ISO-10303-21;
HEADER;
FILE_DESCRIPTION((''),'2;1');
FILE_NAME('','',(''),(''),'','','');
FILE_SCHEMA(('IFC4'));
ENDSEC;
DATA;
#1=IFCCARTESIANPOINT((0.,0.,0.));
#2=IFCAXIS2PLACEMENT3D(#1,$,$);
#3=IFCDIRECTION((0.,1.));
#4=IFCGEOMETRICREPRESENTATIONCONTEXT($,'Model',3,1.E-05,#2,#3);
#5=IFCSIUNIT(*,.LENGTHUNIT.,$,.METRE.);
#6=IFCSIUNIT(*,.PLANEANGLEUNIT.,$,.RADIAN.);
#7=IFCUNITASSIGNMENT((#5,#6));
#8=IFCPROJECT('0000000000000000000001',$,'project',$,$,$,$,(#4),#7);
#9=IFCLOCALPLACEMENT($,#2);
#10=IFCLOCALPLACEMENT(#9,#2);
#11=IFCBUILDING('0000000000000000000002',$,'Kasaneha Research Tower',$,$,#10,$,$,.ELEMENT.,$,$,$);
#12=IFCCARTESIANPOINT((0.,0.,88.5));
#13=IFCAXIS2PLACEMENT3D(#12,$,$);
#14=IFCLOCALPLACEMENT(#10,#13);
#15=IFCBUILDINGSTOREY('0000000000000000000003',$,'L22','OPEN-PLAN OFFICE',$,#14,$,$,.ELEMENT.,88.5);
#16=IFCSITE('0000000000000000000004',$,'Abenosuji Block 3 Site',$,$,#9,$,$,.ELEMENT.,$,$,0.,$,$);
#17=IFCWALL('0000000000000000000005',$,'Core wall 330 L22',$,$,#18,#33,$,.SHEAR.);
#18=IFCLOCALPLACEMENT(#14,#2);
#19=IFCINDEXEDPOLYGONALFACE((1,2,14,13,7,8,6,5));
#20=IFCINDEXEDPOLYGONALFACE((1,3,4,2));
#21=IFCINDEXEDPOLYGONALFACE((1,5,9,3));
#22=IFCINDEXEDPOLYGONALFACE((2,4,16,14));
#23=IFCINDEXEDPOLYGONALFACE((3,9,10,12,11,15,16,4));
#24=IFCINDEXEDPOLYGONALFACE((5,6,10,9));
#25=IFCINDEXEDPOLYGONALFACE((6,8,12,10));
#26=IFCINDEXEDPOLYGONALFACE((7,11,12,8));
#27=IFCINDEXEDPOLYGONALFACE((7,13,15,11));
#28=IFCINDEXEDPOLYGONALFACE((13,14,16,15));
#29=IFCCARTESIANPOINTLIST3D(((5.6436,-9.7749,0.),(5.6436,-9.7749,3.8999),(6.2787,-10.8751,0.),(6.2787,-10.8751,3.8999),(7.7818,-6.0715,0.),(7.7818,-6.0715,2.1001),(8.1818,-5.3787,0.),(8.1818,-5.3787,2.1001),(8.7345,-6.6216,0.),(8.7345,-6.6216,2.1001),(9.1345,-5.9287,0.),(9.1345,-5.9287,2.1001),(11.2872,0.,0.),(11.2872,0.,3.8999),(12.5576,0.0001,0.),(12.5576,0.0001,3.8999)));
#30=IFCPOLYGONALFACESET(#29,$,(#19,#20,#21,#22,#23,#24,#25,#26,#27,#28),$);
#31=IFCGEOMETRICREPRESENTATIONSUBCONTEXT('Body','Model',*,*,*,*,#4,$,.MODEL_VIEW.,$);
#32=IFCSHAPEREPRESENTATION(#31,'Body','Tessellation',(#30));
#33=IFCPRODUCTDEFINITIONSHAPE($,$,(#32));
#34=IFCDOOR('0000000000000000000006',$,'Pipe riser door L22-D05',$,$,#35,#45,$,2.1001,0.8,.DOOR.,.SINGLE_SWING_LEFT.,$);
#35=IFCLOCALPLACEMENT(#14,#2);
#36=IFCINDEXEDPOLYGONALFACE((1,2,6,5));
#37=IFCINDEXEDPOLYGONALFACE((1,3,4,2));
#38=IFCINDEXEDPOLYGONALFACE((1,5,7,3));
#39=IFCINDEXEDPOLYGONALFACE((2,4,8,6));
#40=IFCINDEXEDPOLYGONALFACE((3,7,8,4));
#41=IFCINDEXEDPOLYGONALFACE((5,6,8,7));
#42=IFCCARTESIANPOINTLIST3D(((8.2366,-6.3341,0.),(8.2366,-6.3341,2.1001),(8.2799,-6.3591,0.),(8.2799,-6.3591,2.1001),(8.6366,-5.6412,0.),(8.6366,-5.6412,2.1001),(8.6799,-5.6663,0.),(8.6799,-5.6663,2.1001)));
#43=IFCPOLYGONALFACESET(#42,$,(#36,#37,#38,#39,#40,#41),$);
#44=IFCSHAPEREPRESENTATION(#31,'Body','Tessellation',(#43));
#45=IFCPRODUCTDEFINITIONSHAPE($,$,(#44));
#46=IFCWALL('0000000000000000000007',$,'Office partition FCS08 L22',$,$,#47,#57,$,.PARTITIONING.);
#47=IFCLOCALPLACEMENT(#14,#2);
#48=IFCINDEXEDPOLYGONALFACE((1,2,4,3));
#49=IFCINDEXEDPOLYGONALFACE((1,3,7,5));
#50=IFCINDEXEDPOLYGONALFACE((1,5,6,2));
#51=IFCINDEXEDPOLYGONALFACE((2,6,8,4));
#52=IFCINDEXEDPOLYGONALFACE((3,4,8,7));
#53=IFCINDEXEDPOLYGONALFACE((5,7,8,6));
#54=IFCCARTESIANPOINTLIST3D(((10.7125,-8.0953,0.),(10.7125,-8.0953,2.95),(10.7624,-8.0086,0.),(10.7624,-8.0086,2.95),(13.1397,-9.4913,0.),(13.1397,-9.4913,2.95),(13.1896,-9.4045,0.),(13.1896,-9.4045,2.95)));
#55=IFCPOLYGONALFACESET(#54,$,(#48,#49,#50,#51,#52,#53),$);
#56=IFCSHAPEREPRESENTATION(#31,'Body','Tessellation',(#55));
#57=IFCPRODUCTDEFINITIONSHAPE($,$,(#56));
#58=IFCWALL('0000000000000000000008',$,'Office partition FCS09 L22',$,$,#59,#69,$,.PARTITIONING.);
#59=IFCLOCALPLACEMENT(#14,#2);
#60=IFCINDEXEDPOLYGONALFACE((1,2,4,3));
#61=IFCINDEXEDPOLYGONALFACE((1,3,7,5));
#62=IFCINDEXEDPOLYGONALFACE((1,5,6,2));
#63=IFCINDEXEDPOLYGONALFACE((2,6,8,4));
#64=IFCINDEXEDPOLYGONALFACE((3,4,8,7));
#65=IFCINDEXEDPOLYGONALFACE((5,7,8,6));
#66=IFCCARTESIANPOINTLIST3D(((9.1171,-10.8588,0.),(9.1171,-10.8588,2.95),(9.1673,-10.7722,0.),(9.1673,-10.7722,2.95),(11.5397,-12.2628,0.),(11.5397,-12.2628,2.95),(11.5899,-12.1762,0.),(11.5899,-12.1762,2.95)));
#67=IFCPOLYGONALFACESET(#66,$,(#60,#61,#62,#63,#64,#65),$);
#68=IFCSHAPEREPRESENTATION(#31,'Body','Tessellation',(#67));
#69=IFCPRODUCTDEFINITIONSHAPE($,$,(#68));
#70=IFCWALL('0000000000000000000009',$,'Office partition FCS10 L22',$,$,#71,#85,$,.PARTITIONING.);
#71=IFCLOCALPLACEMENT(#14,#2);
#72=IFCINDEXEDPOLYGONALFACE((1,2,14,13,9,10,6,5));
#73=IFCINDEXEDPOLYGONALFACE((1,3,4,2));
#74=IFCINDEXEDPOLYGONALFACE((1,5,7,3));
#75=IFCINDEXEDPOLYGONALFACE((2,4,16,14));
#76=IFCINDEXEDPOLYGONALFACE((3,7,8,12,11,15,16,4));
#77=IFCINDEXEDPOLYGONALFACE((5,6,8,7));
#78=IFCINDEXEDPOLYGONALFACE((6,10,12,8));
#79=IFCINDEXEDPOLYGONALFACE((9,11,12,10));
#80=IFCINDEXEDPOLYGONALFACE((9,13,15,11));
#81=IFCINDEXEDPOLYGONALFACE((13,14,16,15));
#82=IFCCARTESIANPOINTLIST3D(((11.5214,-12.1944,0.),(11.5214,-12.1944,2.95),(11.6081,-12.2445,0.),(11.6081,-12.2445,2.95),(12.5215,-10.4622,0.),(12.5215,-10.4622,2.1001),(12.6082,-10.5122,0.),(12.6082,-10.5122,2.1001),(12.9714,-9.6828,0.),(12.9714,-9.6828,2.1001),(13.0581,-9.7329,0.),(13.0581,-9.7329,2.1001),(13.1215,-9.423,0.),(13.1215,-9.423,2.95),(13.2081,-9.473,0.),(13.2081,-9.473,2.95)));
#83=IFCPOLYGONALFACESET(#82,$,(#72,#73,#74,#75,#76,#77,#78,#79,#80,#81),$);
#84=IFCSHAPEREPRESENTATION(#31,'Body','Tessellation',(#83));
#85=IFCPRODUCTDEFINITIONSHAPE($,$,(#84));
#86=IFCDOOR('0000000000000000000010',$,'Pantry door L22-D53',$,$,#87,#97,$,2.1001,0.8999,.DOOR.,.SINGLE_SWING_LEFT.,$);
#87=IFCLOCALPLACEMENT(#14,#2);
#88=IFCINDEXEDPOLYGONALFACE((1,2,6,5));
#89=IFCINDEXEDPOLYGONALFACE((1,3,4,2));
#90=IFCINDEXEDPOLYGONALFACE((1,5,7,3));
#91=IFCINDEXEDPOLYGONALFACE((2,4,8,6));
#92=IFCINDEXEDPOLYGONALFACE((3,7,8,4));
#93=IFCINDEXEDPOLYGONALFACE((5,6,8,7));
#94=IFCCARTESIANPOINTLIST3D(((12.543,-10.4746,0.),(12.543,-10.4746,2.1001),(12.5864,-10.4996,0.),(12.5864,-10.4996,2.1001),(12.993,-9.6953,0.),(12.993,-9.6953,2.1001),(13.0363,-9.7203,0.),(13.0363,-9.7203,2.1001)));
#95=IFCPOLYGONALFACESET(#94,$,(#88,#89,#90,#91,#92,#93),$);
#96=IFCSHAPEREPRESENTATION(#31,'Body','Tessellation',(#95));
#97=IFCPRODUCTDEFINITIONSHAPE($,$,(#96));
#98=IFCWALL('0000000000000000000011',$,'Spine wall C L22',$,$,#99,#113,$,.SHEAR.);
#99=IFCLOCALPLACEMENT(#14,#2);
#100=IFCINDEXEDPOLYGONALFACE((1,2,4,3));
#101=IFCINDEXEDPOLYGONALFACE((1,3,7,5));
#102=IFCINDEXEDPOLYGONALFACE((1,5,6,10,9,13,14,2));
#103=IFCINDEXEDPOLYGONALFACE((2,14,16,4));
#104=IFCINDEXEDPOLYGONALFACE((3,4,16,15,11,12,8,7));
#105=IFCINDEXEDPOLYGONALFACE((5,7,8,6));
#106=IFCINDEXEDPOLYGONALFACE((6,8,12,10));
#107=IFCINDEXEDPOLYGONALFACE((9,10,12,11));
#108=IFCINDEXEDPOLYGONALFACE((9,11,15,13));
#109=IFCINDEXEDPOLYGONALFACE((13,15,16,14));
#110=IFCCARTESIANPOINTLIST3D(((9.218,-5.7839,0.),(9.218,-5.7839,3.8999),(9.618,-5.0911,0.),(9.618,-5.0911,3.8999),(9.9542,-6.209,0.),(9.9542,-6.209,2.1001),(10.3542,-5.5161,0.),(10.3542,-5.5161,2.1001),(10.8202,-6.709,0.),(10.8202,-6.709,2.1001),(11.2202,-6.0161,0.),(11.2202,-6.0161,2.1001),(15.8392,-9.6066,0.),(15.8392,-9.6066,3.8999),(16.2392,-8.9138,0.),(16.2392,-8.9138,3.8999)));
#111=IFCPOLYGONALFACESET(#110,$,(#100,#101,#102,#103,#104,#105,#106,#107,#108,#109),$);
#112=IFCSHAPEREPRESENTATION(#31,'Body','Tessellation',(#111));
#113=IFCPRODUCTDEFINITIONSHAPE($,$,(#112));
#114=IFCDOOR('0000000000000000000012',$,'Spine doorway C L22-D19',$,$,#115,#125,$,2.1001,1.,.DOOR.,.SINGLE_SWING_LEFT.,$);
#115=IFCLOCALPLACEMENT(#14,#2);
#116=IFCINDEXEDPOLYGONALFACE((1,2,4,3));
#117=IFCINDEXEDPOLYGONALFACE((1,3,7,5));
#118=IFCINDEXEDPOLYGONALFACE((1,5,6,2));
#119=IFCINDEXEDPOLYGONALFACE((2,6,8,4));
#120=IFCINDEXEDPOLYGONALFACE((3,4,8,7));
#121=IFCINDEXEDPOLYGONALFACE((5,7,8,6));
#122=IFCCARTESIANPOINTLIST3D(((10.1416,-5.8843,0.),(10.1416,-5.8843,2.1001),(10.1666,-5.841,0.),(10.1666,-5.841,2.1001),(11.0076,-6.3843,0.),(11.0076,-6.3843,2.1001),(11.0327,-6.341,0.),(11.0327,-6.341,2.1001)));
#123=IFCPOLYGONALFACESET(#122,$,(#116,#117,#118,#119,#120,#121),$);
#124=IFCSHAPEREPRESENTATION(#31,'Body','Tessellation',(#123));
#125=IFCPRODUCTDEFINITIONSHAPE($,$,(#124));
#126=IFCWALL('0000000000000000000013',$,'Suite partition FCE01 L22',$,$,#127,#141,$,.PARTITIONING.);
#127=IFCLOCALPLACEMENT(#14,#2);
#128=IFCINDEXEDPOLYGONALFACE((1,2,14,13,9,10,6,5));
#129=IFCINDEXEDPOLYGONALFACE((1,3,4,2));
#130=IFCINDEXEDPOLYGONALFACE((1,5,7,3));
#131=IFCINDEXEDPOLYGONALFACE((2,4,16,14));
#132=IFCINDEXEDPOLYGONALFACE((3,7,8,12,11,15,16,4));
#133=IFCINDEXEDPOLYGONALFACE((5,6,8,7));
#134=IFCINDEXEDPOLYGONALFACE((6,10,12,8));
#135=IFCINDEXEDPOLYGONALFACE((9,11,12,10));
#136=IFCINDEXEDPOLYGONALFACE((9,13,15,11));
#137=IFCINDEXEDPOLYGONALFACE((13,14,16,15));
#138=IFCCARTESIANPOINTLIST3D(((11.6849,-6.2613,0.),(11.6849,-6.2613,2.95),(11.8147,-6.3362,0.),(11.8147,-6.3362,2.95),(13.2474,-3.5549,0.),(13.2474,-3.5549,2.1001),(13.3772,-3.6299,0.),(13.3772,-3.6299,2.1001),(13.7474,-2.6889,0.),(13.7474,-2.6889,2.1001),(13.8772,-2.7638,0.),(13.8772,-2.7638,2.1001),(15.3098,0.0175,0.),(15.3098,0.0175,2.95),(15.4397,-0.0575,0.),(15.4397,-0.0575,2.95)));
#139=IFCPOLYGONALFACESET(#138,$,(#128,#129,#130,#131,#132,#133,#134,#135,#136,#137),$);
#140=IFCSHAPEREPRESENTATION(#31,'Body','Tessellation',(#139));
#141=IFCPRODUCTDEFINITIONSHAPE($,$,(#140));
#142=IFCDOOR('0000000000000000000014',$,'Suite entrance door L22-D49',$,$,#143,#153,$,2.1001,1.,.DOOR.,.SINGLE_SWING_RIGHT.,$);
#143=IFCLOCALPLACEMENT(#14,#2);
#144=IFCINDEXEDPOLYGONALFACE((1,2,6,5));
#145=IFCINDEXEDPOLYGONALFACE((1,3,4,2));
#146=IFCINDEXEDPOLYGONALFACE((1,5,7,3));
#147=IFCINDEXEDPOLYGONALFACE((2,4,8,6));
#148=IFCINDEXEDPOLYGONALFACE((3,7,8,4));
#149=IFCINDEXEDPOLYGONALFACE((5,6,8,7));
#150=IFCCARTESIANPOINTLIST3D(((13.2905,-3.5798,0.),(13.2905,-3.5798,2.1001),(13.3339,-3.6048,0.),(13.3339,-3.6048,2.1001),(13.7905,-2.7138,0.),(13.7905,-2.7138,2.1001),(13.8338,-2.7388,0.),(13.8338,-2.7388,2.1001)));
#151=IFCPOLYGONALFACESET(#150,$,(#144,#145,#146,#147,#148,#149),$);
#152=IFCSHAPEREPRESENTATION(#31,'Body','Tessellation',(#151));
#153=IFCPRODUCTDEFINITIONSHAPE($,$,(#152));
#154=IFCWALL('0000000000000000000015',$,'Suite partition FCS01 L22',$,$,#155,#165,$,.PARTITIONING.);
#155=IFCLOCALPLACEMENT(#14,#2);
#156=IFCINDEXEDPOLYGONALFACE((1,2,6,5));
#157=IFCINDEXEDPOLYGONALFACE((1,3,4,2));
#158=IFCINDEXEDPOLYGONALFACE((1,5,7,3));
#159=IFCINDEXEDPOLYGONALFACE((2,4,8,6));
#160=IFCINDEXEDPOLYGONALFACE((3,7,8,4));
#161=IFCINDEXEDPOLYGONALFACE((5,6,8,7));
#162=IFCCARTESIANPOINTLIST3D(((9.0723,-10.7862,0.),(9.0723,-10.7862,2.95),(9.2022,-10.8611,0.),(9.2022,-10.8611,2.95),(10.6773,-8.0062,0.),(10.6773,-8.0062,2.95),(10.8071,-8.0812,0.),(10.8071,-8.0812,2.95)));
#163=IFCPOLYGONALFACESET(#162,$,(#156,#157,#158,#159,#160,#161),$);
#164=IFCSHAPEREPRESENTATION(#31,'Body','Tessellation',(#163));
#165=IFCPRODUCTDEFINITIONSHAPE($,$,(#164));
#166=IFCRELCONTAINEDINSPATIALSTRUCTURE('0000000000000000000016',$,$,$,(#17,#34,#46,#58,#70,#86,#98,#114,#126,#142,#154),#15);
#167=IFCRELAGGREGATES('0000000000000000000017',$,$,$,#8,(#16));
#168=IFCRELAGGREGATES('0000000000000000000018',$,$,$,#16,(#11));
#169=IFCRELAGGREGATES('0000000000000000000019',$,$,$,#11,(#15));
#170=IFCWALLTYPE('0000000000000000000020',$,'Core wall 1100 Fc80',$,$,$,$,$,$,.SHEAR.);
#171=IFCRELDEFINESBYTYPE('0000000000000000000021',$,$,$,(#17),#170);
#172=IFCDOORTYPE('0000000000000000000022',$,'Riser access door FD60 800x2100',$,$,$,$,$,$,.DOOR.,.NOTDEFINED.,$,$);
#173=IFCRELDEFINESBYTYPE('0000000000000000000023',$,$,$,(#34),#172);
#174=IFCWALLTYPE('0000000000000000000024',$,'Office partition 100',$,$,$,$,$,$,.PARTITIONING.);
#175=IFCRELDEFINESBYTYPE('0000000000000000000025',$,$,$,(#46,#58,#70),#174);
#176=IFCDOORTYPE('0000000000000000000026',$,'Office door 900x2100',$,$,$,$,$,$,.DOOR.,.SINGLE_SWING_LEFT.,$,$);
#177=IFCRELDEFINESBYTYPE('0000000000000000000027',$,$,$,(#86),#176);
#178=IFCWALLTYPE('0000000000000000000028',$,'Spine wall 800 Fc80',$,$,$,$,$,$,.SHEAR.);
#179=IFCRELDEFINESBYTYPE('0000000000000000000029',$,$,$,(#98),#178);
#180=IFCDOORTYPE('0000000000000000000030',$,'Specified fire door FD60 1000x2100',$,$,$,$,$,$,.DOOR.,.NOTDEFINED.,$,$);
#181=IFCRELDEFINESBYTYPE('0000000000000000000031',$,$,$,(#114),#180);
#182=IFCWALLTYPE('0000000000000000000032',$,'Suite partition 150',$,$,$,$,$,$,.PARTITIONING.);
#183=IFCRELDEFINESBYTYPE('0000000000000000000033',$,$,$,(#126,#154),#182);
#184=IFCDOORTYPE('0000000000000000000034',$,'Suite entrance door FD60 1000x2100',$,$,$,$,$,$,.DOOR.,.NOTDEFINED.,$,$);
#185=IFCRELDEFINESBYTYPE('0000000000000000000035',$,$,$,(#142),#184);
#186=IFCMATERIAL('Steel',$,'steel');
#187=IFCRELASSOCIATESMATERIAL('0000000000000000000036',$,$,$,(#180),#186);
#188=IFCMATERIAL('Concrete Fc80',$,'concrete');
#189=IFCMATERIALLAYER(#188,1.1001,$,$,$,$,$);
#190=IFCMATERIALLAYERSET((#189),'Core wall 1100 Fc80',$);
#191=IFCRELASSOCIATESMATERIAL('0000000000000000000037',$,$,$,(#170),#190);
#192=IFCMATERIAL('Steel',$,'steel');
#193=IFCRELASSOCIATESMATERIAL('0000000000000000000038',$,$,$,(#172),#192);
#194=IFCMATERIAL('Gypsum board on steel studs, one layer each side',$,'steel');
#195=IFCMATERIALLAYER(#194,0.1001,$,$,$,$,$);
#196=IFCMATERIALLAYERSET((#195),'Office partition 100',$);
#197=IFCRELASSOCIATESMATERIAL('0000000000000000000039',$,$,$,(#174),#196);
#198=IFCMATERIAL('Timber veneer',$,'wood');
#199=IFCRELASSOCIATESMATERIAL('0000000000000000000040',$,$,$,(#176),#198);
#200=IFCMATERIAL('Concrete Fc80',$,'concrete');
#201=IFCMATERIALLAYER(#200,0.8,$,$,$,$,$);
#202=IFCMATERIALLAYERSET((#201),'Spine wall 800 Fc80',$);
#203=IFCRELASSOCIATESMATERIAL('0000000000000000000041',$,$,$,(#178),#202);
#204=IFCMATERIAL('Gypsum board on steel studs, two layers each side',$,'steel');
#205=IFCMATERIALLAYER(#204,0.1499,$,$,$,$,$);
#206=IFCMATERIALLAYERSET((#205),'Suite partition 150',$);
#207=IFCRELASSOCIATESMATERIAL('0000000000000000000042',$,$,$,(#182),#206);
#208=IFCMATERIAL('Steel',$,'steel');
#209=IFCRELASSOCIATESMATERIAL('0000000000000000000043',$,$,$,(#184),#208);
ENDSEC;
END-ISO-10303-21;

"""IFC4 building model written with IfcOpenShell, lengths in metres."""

from ifc_helpers import new_model, si_unit, direction, frame, frame_2d, origin, place, context, subcontext, project, spatial, polyline, rectangle, outline, extrude, material, layer, layer_set, type_object, element, fill, save


model = new_model("IFC4")

# Units and contexts
model_context = context("Model", 3, precision=1e-05, world=origin(), true_north=direction((0.0, 1.0)))
body_context = subcontext(model_context, "Body", "Model", "MODEL_VIEW")
ifc_project = project(units=[si_unit("LENGTHUNIT", "METRE"), si_unit("PLANEANGLEUNIT", "RADIAN")], contexts=[model_context])

# Site, building, storey
site_placement = place(None, origin())
site = spatial("IfcSite", under=ifc_project, at=site_placement, Name="Abenosuji Block 3 Site", CompositionType="ELEMENT", RefElevation=0.0)
building_placement = place(site_placement, origin())
building = spatial("IfcBuilding", under=site, at=building_placement, Name="Kasaneha Research Tower", CompositionType="ELEMENT")
storey_placement = place(building_placement, frame((0.0, 0.0, 88.5)))
storey = spatial("IfcBuildingStorey", under=building, at=storey_placement, Name="L22", Description="OPEN-PLAN OFFICE", CompositionType="ELEMENT", Elevation=88.5)

# Shared definitions
ifc_material_1 = material(Name="Steel", Category="steel")
door_type_1 = type_object("IfcDoorType", Name="Specified fire door FD60 1000x2100", OperationType="NOTDEFINED", PredefinedType="DOOR", material=ifc_material_1)

# Wall, opening, door
ifc_material_2 = material(Name="Concrete Fc80", Category="concrete")
ifc_layer_1 = layer(ifc_material_2, 1.1001)
ifc_layer_set_1 = layer_set([ifc_layer_1], Name="Core wall 1100 Fc80")
wall_type_1 = type_object("IfcWallType", Name="Core wall 1100 Fc80", PredefinedType="SHEAR", material=ifc_layer_set_1)
wall_1_placement = place(storey_placement, frame((5.9612, -10.325, 0.0), z_axis=(0.0, 0.0, 1.0), x_axis=(0.500004, 0.866023, 0.0)))
wall_1 = element("IfcWall", 1, at=wall_1_placement, inside=storey, type_object=wall_type_1, Name="Core wall 330 L22", PredefinedType="SHEAR", context=body_context, shape_type="SweptSolid", body=[
    extrude(outline(polyline([(-0.3176, -0.55), (4.594, -0.55), (5.394, -0.55), (12.24, -0.55), (11.6047, 0.55), (5.394, 0.55), (4.594, 0.55), (0.3176, 0.55), (-0.3176, -0.55)])), origin(), (0.0, 0.0, 1.0), 3.8999),
])
opening_1_placement = place(wall_1_placement, frame((4.594, 0.0, 0.0)))
opening_1 = element("IfcOpeningElement", 2, at=opening_1_placement, cuts=wall_1, PredefinedType="OPENING", context=body_context, shape_type="SweptSolid", body=[
    extrude(rectangle(XDim=0.8, YDim=2.1001, at=frame_2d((0.3999, 1.05))), frame((0.0, 0.5601, 0.0), z_axis=(0.0, -1.0, 0.0), x_axis=(1.0, 0.0, 0.0)), (0.0, 0.0, 1.0), 1.1201),
])
ifc_material_3 = material(Name="Steel", Category="steel")
door_type_2 = type_object("IfcDoorType", Name="Riser access door FD60 800x2100", OperationType="NOTDEFINED", PredefinedType="DOOR", material=ifc_material_3)
door_1_placement = place(opening_1_placement, origin())
door_1 = element("IfcDoor", 3, at=door_1_placement, inside=storey, type_object=door_type_2, Name="Pipe riser door L22-D05", OperationType="SINGLE_SWING_LEFT", OverallHeight=2.1001, OverallWidth=0.8, PredefinedType="DOOR", context=body_context, shape_type="SweptSolid", body=[
    extrude(rectangle(XDim=0.8, YDim=2.1001, at=frame_2d((0.3999, 1.05))), frame((0.0, 0.0249, 0.0), z_axis=(0.0, -1.0, 0.0), x_axis=(1.0, 0.0, 0.0)), (0.0, 0.0, 1.0), 0.05),
])
fill(opening_1, door_1)

# Walls
ifc_material_4 = material(Name="Gypsum board on steel studs, one layer each side", Category="steel")
ifc_layer_2 = layer(ifc_material_4, 0.1001)
ifc_layer_set_2 = layer_set([ifc_layer_2], Name="Office partition 100")
wall_type_2 = type_object("IfcWallType", Name="Office partition 100", PredefinedType="PARTITIONING", material=ifc_layer_set_2)
for number, where, z_axis, x_axis, name in (
    (4, (10.7375, -8.052, 0.0), (0.0, 0.0, 1.0), (0.866855, -0.49856, 0.0), "Office partition FCS08 L22"),
    (5, (11.5647, -12.2195, 0.0), (0.0, 0.0, 1.0), (-0.865195, 0.501435, 0.0), "Office partition FCS09 L22"),
):
    element("IfcWall", number, at=place(storey_placement, frame(where, z_axis=z_axis, x_axis=x_axis)), inside=storey, type_object=wall_type_2, Name=name, PredefinedType="PARTITIONING", context=body_context, shape_type="SweptSolid", body=[
        extrude(rectangle(XDim=2.8, YDim=0.1001, at=frame_2d((1.3999, 0.0))), origin(), (0.0, 0.0, 1.0), 2.95),
    ])

# Walls, openings, doors
wall_2_placement = place(storey_placement, frame((13.1648, -9.448, 0.0), z_axis=(0.0, 0.0, 1.0), x_axis=(-0.499995, -0.866028, 0.0)))
wall_2 = element("IfcWall", 6, at=wall_2_placement, inside=storey, type_object=wall_type_2, Name="Office partition FCS10 L22", PredefinedType="PARTITIONING", context=body_context, shape_type="SweptSolid", body=[
    extrude(rectangle(XDim=3.2002, YDim=0.1001, at=frame_2d((1.6001, 0.0))), origin(), (0.0, 0.0, 1.0), 2.95),
])
opening_2_placement = place(wall_2_placement, frame((0.3, 0.0, 0.0)))
opening_2 = element("IfcOpeningElement", 7, at=opening_2_placement, cuts=wall_2, PredefinedType="OPENING", context=body_context, shape_type="SweptSolid", body=[
    extrude(rectangle(XDim=0.8999, YDim=2.1001, at=frame_2d((0.45, 1.05))), frame((0.0, 0.0601, 0.0), z_axis=(0.0, -1.0, 0.0), x_axis=(1.0, 0.0, 0.0)), (0.0, 0.0, 1.0), 0.1201),
])
ifc_material_5 = material(Name="Timber veneer", Category="wood")
door_type_3 = type_object("IfcDoorType", Name="Office door 900x2100", OperationType="SINGLE_SWING_LEFT", PredefinedType="DOOR", material=ifc_material_5)
door_2_placement = place(opening_2_placement, origin())
door_2 = element("IfcDoor", 8, at=door_2_placement, inside=storey, type_object=door_type_3, Name="Pantry door L22-D53", OperationType="SINGLE_SWING_LEFT", OverallHeight=2.1001, OverallWidth=0.8999, PredefinedType="DOOR", context=body_context, shape_type="SweptSolid", body=[
    extrude(rectangle(XDim=0.8999, YDim=2.1001, at=frame_2d((0.45, 1.05))), frame((0.0, 0.0249, 0.0), z_axis=(0.0, -1.0, 0.0), x_axis=(1.0, 0.0, 0.0)), (0.0, 0.0, 1.0), 0.05),
])
fill(opening_2, door_2)
ifc_material_6 = material(Name="Concrete Fc80", Category="concrete")
ifc_layer_3 = layer(ifc_material_6, 0.8)
ifc_layer_set_3 = layer_set([ifc_layer_3], Name="Spine wall 800 Fc80")
wall_type_3 = type_object("IfcWallType", Name="Spine wall 800 Fc80", PredefinedType="SHEAR", material=ifc_layer_set_3)
wall_3_placement = place(storey_placement, frame((9.418, -5.4375, 0.0), z_axis=(0.0, 0.0, 1.0), x_axis=(0.86603, -0.499992, 0.0)))
wall_3 = element("IfcWall", 9, at=wall_3_placement, inside=storey, type_object=wall_type_3, Name="Spine wall C L22", PredefinedType="SHEAR", context=body_context, shape_type="SweptSolid", body=[
    extrude(rectangle(XDim=7.6455, YDim=0.8, at=frame_2d((3.8228, 0.0))), origin(), (0.0, 0.0, 1.0), 3.8999),
])
opening_3_placement = place(wall_3_placement, frame((0.8501, 0.0, 0.0)))
opening_3 = element("IfcOpeningElement", 10, at=opening_3_placement, cuts=wall_3, PredefinedType="OPENING", context=body_context, shape_type="SweptSolid", body=[
    extrude(rectangle(XDim=1.0, YDim=2.1001, at=frame_2d((0.5, 1.05))), frame((0.0, 0.4102, 0.0), z_axis=(0.0, -1.0, 0.0), x_axis=(1.0, 0.0, 0.0)), (0.0, 0.0, 1.0), 0.8201),
])
door_3_placement = place(opening_3_placement, origin())
door_3 = element("IfcDoor", 11, at=door_3_placement, inside=storey, type_object=door_type_1, Name="Spine doorway C L22-D19", OperationType="SINGLE_SWING_LEFT", OverallHeight=2.1001, OverallWidth=1.0, PredefinedType="DOOR", context=body_context, shape_type="SweptSolid", body=[
    extrude(rectangle(XDim=1.0, YDim=2.1001, at=frame_2d((0.5, 1.05))), frame((0.0, 0.0249, 0.0), z_axis=(0.0, -1.0, 0.0), x_axis=(1.0, 0.0, 0.0)), (0.0, 0.0, 1.0), 0.05),
])
fill(opening_3, door_3)
ifc_material_7 = material(Name="Gypsum board on steel studs, two layers each side", Category="steel")
ifc_layer_4 = layer(ifc_material_7, 0.1499)
ifc_layer_set_4 = layer_set([ifc_layer_4], Name="Suite partition 150")
wall_type_4 = type_object("IfcWallType", Name="Suite partition 150", PredefinedType="PARTITIONING", material=ifc_layer_set_4)
wall_4_placement = place(storey_placement, frame((15.3748, -0.02, 0.0), z_axis=(0.0, 0.0, 1.0), x_axis=(-0.499993, -0.86603, 0.0)))
wall_4 = element("IfcWall", 12, at=wall_4_placement, inside=storey, type_object=wall_type_4, Name="Suite partition FCE01 L22", PredefinedType="PARTITIONING", context=body_context, shape_type="SweptSolid", body=[
    extrude(rectangle(XDim=7.25, YDim=0.1499, at=frame_2d((3.625, 0.0))), origin(), (0.0, 0.0, 1.0), 2.95),
])
opening_4_placement = place(wall_4_placement, frame((3.125, 0.0, 0.0)))
opening_4 = element("IfcOpeningElement", 13, at=opening_4_placement, cuts=wall_4, PredefinedType="OPENING", context=body_context, shape_type="SweptSolid", body=[
    extrude(rectangle(XDim=1.0, YDim=2.1001, at=frame_2d((0.5, 1.05))), frame((0.0, 0.085, 0.0), z_axis=(0.0, -1.0, 0.0), x_axis=(1.0, 0.0, 0.0)), (0.0, 0.0, 1.0), 0.1699),
])
ifc_material_8 = material(Name="Steel", Category="steel")
door_type_4 = type_object("IfcDoorType", Name="Suite entrance door FD60 1000x2100", OperationType="NOTDEFINED", PredefinedType="DOOR", material=ifc_material_8)
door_4_placement = place(opening_4_placement, origin())
door_4 = element("IfcDoor", 14, at=door_4_placement, inside=storey, type_object=door_type_4, Name="Suite entrance door L22-D49", OperationType="SINGLE_SWING_RIGHT", OverallHeight=2.1001, OverallWidth=1.0, PredefinedType="DOOR", context=body_context, shape_type="SweptSolid", body=[
    extrude(rectangle(XDim=1.0, YDim=2.1001, at=frame_2d((0.5, 1.05))), frame((0.0, 0.0249, 0.0), z_axis=(0.0, -1.0, 0.0), x_axis=(1.0, 0.0, 0.0)), (0.0, 0.0, 1.0), 0.05),
])
fill(opening_4, door_4)

# Wall
wall_5_placement = place(storey_placement, frame((10.7422, -8.0437, 0.0), z_axis=(0.0, 0.0, 1.0), x_axis=(-0.499984, -0.866035, 0.0)))
element("IfcWall", 15, at=wall_5_placement, inside=storey, type_object=wall_type_4, Name="Suite partition FCS01 L22", PredefinedType="PARTITIONING", context=body_context, shape_type="SweptSolid", body=[
    extrude(rectangle(XDim=3.21, YDim=0.1499, at=frame_2d((1.605, 0.0))), origin(), (0.0, 0.0, 1.0), 2.95),
])

save(model, "model.ifc")
